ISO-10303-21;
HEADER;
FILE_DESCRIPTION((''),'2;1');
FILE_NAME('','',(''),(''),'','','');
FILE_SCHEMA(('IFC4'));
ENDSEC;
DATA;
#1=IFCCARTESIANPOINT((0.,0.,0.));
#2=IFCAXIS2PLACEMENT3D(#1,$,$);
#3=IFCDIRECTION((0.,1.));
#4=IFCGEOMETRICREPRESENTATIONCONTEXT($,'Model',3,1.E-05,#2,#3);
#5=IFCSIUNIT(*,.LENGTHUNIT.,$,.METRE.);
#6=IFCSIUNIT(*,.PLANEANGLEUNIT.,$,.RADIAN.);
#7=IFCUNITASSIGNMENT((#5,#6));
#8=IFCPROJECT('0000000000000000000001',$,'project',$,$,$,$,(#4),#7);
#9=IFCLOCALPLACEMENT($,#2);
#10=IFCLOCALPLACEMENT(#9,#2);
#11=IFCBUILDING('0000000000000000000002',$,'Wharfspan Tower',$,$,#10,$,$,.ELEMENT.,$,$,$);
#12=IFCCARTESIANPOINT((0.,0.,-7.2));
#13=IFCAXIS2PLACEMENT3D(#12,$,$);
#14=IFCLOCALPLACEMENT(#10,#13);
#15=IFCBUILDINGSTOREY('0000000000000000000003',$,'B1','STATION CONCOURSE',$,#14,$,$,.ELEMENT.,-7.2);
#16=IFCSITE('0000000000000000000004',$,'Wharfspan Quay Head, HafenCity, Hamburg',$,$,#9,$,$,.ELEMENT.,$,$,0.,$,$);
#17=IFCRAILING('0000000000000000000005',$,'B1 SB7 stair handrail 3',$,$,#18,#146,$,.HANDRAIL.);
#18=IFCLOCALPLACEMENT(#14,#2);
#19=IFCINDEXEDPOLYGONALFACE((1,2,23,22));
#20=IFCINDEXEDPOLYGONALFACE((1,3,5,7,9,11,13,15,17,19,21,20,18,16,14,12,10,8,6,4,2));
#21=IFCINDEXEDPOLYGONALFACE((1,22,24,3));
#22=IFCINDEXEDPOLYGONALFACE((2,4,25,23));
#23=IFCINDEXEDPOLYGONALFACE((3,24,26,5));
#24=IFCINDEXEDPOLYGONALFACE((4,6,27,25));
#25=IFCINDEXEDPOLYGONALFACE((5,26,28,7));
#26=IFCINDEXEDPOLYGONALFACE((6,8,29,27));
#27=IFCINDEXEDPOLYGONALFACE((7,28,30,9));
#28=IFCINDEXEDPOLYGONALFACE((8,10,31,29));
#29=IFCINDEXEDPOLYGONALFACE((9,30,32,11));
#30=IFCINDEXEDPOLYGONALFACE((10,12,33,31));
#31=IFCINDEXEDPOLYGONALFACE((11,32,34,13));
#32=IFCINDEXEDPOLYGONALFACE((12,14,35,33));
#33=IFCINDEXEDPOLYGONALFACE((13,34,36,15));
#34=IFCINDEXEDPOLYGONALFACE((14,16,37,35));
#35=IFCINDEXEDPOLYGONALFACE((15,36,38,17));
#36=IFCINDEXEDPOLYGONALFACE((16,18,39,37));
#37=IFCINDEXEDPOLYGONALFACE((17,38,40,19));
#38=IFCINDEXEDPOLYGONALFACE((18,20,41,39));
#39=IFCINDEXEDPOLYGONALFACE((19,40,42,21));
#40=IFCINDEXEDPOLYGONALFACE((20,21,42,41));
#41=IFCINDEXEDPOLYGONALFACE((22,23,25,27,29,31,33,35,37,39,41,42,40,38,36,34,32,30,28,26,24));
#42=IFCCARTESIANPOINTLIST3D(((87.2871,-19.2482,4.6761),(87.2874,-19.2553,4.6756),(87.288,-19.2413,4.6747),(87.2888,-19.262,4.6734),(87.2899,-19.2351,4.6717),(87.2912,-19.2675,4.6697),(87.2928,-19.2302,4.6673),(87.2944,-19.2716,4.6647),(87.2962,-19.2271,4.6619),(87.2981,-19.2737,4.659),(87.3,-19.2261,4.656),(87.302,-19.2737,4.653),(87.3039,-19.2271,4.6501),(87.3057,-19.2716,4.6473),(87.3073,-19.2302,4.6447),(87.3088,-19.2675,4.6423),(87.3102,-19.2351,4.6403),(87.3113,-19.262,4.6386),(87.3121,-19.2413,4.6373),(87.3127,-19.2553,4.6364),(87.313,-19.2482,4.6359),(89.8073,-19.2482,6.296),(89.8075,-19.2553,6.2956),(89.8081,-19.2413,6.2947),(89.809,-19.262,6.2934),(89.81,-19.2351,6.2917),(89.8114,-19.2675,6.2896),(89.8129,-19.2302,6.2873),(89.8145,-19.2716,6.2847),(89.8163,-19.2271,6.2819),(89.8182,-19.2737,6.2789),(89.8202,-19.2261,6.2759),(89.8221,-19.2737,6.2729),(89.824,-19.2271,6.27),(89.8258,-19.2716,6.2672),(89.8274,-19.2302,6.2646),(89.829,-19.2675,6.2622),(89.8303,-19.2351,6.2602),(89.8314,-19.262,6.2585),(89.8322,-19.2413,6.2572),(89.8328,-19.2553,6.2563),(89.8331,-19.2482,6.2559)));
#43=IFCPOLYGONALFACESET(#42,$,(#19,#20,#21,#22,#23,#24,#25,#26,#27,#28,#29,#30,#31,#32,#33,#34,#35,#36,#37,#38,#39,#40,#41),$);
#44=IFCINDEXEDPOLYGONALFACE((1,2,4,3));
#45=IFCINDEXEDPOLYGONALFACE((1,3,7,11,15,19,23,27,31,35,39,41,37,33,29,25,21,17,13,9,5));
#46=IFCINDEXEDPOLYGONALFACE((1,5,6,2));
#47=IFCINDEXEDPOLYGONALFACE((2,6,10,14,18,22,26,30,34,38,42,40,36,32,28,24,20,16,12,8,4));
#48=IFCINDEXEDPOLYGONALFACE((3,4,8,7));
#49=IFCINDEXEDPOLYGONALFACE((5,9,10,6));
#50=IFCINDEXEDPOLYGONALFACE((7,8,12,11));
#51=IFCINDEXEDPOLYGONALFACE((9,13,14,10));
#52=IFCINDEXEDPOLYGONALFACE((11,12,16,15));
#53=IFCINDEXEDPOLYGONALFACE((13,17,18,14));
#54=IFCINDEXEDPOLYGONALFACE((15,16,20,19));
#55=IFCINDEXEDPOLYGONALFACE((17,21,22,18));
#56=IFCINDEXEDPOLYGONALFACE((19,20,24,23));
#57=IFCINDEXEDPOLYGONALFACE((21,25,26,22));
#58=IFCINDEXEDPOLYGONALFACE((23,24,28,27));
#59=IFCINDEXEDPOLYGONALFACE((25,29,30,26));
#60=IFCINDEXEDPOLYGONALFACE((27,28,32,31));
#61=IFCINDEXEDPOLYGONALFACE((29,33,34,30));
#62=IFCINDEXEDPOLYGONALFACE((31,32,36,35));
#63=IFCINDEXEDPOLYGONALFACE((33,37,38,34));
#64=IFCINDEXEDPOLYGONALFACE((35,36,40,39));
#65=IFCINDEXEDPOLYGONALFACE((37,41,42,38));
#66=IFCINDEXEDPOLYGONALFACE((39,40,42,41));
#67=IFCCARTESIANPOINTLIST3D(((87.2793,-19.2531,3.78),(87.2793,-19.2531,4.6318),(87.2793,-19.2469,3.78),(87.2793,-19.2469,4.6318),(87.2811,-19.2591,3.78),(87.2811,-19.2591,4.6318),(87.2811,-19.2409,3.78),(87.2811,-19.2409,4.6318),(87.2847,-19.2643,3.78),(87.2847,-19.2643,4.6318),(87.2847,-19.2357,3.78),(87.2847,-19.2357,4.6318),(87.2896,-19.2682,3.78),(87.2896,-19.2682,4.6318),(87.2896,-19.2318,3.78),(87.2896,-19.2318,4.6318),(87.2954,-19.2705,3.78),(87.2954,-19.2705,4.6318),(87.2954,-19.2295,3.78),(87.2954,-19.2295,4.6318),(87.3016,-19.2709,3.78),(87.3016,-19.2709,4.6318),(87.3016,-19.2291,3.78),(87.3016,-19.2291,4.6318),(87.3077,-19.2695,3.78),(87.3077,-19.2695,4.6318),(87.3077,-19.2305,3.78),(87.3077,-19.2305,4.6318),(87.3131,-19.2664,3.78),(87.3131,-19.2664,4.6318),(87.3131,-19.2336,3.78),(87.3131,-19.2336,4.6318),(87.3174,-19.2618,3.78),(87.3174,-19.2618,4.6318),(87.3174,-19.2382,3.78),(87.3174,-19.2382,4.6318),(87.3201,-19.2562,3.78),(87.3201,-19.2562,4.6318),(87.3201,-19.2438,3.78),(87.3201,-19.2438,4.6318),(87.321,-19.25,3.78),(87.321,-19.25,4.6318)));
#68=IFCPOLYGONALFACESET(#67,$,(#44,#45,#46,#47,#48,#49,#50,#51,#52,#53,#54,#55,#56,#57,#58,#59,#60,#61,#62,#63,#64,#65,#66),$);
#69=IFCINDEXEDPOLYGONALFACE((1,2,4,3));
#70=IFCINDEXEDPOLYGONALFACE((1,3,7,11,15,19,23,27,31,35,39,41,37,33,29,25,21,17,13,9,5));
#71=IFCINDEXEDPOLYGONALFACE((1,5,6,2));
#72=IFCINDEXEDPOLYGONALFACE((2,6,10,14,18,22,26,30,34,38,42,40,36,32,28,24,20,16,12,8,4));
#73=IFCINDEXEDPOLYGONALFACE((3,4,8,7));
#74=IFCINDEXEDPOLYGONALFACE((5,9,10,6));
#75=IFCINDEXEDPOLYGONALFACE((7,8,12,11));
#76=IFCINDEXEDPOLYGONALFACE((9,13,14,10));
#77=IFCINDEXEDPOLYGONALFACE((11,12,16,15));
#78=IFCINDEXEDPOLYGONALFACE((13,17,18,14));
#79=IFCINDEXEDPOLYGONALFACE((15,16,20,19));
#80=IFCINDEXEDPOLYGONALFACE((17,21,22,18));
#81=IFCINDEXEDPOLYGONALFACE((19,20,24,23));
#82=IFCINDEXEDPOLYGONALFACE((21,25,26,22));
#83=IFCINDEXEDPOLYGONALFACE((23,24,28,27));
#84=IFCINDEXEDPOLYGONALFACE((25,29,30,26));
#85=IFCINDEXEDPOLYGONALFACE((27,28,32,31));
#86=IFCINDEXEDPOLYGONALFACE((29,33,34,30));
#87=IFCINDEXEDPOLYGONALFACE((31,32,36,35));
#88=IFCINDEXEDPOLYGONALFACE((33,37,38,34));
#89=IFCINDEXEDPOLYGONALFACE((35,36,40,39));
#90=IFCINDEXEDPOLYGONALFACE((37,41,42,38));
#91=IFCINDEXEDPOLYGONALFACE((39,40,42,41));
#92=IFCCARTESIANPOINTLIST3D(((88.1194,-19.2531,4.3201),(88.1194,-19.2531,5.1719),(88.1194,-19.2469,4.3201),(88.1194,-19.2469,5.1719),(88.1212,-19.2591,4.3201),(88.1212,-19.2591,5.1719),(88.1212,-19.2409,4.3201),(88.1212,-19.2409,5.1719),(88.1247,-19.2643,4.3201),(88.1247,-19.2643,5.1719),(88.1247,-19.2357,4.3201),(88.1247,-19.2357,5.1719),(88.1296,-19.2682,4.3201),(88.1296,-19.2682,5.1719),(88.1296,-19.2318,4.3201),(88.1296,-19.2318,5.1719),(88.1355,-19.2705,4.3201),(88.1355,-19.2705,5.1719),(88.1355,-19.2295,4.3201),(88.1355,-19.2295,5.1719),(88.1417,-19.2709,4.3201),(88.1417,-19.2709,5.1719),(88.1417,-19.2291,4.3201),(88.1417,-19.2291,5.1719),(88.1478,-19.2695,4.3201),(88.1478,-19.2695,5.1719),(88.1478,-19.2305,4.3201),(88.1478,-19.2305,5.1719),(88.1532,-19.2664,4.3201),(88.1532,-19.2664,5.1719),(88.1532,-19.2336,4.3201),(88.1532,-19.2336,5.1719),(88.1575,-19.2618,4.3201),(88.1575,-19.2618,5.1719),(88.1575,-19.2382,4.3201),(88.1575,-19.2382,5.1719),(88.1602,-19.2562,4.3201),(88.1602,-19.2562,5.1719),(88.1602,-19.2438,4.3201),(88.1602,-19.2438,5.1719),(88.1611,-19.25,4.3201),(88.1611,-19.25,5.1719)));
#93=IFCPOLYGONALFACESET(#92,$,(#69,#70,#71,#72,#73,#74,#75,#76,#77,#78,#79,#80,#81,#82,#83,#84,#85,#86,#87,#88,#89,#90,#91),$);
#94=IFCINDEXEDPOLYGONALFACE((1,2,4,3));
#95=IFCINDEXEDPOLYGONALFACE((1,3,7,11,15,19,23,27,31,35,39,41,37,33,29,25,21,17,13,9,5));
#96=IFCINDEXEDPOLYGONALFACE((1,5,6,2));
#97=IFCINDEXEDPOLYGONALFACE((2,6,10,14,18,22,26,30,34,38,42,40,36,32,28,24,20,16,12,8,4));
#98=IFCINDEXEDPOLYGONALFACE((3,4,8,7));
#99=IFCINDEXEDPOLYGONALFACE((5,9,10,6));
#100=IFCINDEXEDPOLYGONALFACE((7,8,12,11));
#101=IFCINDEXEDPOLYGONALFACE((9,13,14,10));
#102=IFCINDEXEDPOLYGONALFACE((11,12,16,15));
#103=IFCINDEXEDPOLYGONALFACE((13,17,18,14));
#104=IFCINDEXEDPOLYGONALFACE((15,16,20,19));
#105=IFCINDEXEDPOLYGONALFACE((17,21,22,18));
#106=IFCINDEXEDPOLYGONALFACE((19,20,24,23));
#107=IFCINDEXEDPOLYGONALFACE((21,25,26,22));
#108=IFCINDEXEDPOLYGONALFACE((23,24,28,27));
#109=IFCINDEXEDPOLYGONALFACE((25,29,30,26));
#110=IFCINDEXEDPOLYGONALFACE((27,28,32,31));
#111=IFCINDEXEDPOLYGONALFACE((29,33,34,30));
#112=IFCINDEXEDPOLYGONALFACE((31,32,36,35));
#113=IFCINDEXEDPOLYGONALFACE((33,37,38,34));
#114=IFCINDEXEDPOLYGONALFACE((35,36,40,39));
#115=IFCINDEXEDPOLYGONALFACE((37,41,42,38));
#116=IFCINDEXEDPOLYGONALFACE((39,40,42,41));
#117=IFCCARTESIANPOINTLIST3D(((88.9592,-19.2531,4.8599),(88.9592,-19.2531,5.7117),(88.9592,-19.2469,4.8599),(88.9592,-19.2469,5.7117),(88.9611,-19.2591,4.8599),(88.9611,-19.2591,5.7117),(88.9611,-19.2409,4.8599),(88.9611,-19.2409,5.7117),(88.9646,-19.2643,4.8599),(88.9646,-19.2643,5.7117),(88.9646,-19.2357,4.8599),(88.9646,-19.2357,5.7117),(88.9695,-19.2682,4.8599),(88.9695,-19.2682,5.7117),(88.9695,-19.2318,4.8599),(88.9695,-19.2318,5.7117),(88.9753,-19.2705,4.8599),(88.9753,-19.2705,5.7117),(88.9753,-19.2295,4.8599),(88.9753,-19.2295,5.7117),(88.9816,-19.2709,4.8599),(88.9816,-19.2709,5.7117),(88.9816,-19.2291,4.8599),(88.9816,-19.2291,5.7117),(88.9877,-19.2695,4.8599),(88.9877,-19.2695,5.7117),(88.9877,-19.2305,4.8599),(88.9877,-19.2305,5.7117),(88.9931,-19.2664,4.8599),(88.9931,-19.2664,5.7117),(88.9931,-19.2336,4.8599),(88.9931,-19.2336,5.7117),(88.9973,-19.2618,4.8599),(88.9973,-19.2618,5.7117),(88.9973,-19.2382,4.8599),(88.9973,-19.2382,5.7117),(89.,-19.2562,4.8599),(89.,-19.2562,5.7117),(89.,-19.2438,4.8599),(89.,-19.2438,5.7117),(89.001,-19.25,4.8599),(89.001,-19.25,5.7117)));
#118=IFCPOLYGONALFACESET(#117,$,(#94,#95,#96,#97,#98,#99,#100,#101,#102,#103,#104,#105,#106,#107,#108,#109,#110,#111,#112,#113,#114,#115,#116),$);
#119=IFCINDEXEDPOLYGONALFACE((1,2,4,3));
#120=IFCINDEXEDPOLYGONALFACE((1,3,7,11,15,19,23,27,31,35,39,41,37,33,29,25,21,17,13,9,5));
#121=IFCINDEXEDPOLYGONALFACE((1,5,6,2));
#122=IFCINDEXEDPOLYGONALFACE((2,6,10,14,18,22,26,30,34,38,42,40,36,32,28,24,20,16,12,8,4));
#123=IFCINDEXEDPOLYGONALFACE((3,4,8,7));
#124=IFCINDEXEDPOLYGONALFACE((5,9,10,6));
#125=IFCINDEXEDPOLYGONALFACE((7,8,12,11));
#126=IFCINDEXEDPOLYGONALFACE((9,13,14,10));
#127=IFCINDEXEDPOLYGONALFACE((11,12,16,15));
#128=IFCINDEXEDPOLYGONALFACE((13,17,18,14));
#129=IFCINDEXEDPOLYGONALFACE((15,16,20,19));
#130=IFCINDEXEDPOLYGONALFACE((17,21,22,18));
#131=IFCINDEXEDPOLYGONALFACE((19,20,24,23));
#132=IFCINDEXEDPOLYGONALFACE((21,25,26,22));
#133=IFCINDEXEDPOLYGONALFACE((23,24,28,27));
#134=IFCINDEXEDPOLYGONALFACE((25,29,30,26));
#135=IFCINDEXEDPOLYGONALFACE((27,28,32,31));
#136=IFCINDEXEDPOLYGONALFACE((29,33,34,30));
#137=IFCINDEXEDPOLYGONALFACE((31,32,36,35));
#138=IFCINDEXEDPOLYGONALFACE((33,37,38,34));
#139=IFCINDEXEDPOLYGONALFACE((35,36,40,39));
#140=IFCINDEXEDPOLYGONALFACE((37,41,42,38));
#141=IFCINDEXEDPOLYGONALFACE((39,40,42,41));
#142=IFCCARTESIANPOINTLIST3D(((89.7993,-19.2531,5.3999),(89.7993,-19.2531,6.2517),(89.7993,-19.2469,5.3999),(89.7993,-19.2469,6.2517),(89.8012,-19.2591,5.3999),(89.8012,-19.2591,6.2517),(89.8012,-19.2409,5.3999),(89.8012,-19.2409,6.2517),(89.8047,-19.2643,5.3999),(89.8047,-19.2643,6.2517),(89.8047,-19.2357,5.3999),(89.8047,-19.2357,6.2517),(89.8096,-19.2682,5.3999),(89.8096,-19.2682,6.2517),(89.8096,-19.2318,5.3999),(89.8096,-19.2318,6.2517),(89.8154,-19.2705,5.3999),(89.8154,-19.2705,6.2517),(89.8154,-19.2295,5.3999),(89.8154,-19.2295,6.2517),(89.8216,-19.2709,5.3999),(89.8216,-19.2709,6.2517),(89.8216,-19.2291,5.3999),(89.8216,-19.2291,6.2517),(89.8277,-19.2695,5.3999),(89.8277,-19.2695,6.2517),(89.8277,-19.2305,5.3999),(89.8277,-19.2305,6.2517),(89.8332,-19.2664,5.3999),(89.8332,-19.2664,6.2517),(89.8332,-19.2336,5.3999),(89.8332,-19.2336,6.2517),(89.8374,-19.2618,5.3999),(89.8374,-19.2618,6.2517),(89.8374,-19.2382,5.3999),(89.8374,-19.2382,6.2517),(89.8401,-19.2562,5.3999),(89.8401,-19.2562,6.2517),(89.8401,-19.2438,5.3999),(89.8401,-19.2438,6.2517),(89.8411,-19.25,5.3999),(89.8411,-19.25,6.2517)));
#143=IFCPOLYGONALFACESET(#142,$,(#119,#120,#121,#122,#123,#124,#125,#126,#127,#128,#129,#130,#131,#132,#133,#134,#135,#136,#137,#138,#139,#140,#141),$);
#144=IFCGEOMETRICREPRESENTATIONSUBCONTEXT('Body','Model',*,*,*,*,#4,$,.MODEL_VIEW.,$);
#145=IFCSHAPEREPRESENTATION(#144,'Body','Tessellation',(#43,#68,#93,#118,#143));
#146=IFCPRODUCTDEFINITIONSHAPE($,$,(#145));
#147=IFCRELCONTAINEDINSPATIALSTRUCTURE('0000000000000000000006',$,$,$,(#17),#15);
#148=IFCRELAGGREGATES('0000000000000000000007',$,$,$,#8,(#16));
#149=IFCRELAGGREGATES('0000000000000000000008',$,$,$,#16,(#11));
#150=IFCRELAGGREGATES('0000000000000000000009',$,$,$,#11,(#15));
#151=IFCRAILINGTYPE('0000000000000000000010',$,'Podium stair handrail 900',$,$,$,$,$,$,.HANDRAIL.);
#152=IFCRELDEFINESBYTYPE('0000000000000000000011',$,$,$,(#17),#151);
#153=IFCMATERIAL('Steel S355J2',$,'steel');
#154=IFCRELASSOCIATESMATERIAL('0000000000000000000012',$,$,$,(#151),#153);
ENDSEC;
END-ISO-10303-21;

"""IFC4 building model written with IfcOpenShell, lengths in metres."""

from ifc_helpers import new_model, si_unit, direction, frame, origin, origin_2d, place, context, subcontext, project, spatial, circle, extrude, material, type_object, element, save


model = new_model("IFC4")

# Units and contexts
model_context = context("Model", 3, precision=1e-05, world=origin(), true_north=direction((0.0, 1.0)))
body_context = subcontext(model_context, "Body", "Model", "MODEL_VIEW")
ifc_project = project(units=[si_unit("LENGTHUNIT", "METRE"), si_unit("PLANEANGLEUNIT", "RADIAN")], contexts=[model_context])

# Site, building, storey
site_placement = place(None, origin())
site = spatial("IfcSite", under=ifc_project, at=site_placement, Name="Wharfspan Quay Head, HafenCity, Hamburg", CompositionType="ELEMENT", RefElevation=0.0)
building_placement = place(site_placement, origin())
building = spatial("IfcBuilding", under=site, at=building_placement, Name="Wharfspan Tower", CompositionType="ELEMENT")
storey_placement = place(building_placement, frame((0.0, 0.0, -7.2)))
storey = spatial("IfcBuildingStorey", under=building, at=storey_placement, Name="B1", Description="STATION CONCOURSE", CompositionType="ELEMENT", Elevation=-7.2)

# Railing
ifc_material_1 = material(Name="Steel S355J2", Category="steel")
railing_type_1 = type_object("IfcRailingType", Name="Podium stair handrail 900", PredefinedType="HANDRAIL", material=ifc_material_1)
railing_1_placement = place(storey_placement, frame((87.3, -19.25, 3.78)))
element("IfcRailing", 1, at=railing_1_placement, inside=storey, type_object=railing_type_1, Name="B1 SB7 stair handrail 3", PredefinedType="HANDRAIL", context=body_context, shape_type="SweptSolid", body=[
    extrude(circle(Radius=0.0239, at=origin_2d()), frame((0.0, 0.0, 0.876), z_axis=(0.8412, 0.0, 0.540725), x_axis=(0.0, 1.0, 0.0)), (0.0, 0.0, 1.0), 2.9958),
    extrude(circle(Radius=0.021, at=origin_2d()), origin(), (0.0, 0.0, 1.0), 0.8518),
    extrude(circle(Radius=0.021, at=origin_2d()), frame((0.8401, 0.0, 0.54)), (0.0, 0.0, 1.0), 0.8518),
    extrude(circle(Radius=0.021, at=origin_2d()), frame((1.6799, 0.0, 1.0798)), (0.0, 0.0, 1.0), 0.8518),
    extrude(circle(Radius=0.021, at=origin_2d()), frame((2.52, 0.0, 1.6199)), (0.0, 0.0, 1.0), 0.8518),
])

save(model, "model.ifc")
